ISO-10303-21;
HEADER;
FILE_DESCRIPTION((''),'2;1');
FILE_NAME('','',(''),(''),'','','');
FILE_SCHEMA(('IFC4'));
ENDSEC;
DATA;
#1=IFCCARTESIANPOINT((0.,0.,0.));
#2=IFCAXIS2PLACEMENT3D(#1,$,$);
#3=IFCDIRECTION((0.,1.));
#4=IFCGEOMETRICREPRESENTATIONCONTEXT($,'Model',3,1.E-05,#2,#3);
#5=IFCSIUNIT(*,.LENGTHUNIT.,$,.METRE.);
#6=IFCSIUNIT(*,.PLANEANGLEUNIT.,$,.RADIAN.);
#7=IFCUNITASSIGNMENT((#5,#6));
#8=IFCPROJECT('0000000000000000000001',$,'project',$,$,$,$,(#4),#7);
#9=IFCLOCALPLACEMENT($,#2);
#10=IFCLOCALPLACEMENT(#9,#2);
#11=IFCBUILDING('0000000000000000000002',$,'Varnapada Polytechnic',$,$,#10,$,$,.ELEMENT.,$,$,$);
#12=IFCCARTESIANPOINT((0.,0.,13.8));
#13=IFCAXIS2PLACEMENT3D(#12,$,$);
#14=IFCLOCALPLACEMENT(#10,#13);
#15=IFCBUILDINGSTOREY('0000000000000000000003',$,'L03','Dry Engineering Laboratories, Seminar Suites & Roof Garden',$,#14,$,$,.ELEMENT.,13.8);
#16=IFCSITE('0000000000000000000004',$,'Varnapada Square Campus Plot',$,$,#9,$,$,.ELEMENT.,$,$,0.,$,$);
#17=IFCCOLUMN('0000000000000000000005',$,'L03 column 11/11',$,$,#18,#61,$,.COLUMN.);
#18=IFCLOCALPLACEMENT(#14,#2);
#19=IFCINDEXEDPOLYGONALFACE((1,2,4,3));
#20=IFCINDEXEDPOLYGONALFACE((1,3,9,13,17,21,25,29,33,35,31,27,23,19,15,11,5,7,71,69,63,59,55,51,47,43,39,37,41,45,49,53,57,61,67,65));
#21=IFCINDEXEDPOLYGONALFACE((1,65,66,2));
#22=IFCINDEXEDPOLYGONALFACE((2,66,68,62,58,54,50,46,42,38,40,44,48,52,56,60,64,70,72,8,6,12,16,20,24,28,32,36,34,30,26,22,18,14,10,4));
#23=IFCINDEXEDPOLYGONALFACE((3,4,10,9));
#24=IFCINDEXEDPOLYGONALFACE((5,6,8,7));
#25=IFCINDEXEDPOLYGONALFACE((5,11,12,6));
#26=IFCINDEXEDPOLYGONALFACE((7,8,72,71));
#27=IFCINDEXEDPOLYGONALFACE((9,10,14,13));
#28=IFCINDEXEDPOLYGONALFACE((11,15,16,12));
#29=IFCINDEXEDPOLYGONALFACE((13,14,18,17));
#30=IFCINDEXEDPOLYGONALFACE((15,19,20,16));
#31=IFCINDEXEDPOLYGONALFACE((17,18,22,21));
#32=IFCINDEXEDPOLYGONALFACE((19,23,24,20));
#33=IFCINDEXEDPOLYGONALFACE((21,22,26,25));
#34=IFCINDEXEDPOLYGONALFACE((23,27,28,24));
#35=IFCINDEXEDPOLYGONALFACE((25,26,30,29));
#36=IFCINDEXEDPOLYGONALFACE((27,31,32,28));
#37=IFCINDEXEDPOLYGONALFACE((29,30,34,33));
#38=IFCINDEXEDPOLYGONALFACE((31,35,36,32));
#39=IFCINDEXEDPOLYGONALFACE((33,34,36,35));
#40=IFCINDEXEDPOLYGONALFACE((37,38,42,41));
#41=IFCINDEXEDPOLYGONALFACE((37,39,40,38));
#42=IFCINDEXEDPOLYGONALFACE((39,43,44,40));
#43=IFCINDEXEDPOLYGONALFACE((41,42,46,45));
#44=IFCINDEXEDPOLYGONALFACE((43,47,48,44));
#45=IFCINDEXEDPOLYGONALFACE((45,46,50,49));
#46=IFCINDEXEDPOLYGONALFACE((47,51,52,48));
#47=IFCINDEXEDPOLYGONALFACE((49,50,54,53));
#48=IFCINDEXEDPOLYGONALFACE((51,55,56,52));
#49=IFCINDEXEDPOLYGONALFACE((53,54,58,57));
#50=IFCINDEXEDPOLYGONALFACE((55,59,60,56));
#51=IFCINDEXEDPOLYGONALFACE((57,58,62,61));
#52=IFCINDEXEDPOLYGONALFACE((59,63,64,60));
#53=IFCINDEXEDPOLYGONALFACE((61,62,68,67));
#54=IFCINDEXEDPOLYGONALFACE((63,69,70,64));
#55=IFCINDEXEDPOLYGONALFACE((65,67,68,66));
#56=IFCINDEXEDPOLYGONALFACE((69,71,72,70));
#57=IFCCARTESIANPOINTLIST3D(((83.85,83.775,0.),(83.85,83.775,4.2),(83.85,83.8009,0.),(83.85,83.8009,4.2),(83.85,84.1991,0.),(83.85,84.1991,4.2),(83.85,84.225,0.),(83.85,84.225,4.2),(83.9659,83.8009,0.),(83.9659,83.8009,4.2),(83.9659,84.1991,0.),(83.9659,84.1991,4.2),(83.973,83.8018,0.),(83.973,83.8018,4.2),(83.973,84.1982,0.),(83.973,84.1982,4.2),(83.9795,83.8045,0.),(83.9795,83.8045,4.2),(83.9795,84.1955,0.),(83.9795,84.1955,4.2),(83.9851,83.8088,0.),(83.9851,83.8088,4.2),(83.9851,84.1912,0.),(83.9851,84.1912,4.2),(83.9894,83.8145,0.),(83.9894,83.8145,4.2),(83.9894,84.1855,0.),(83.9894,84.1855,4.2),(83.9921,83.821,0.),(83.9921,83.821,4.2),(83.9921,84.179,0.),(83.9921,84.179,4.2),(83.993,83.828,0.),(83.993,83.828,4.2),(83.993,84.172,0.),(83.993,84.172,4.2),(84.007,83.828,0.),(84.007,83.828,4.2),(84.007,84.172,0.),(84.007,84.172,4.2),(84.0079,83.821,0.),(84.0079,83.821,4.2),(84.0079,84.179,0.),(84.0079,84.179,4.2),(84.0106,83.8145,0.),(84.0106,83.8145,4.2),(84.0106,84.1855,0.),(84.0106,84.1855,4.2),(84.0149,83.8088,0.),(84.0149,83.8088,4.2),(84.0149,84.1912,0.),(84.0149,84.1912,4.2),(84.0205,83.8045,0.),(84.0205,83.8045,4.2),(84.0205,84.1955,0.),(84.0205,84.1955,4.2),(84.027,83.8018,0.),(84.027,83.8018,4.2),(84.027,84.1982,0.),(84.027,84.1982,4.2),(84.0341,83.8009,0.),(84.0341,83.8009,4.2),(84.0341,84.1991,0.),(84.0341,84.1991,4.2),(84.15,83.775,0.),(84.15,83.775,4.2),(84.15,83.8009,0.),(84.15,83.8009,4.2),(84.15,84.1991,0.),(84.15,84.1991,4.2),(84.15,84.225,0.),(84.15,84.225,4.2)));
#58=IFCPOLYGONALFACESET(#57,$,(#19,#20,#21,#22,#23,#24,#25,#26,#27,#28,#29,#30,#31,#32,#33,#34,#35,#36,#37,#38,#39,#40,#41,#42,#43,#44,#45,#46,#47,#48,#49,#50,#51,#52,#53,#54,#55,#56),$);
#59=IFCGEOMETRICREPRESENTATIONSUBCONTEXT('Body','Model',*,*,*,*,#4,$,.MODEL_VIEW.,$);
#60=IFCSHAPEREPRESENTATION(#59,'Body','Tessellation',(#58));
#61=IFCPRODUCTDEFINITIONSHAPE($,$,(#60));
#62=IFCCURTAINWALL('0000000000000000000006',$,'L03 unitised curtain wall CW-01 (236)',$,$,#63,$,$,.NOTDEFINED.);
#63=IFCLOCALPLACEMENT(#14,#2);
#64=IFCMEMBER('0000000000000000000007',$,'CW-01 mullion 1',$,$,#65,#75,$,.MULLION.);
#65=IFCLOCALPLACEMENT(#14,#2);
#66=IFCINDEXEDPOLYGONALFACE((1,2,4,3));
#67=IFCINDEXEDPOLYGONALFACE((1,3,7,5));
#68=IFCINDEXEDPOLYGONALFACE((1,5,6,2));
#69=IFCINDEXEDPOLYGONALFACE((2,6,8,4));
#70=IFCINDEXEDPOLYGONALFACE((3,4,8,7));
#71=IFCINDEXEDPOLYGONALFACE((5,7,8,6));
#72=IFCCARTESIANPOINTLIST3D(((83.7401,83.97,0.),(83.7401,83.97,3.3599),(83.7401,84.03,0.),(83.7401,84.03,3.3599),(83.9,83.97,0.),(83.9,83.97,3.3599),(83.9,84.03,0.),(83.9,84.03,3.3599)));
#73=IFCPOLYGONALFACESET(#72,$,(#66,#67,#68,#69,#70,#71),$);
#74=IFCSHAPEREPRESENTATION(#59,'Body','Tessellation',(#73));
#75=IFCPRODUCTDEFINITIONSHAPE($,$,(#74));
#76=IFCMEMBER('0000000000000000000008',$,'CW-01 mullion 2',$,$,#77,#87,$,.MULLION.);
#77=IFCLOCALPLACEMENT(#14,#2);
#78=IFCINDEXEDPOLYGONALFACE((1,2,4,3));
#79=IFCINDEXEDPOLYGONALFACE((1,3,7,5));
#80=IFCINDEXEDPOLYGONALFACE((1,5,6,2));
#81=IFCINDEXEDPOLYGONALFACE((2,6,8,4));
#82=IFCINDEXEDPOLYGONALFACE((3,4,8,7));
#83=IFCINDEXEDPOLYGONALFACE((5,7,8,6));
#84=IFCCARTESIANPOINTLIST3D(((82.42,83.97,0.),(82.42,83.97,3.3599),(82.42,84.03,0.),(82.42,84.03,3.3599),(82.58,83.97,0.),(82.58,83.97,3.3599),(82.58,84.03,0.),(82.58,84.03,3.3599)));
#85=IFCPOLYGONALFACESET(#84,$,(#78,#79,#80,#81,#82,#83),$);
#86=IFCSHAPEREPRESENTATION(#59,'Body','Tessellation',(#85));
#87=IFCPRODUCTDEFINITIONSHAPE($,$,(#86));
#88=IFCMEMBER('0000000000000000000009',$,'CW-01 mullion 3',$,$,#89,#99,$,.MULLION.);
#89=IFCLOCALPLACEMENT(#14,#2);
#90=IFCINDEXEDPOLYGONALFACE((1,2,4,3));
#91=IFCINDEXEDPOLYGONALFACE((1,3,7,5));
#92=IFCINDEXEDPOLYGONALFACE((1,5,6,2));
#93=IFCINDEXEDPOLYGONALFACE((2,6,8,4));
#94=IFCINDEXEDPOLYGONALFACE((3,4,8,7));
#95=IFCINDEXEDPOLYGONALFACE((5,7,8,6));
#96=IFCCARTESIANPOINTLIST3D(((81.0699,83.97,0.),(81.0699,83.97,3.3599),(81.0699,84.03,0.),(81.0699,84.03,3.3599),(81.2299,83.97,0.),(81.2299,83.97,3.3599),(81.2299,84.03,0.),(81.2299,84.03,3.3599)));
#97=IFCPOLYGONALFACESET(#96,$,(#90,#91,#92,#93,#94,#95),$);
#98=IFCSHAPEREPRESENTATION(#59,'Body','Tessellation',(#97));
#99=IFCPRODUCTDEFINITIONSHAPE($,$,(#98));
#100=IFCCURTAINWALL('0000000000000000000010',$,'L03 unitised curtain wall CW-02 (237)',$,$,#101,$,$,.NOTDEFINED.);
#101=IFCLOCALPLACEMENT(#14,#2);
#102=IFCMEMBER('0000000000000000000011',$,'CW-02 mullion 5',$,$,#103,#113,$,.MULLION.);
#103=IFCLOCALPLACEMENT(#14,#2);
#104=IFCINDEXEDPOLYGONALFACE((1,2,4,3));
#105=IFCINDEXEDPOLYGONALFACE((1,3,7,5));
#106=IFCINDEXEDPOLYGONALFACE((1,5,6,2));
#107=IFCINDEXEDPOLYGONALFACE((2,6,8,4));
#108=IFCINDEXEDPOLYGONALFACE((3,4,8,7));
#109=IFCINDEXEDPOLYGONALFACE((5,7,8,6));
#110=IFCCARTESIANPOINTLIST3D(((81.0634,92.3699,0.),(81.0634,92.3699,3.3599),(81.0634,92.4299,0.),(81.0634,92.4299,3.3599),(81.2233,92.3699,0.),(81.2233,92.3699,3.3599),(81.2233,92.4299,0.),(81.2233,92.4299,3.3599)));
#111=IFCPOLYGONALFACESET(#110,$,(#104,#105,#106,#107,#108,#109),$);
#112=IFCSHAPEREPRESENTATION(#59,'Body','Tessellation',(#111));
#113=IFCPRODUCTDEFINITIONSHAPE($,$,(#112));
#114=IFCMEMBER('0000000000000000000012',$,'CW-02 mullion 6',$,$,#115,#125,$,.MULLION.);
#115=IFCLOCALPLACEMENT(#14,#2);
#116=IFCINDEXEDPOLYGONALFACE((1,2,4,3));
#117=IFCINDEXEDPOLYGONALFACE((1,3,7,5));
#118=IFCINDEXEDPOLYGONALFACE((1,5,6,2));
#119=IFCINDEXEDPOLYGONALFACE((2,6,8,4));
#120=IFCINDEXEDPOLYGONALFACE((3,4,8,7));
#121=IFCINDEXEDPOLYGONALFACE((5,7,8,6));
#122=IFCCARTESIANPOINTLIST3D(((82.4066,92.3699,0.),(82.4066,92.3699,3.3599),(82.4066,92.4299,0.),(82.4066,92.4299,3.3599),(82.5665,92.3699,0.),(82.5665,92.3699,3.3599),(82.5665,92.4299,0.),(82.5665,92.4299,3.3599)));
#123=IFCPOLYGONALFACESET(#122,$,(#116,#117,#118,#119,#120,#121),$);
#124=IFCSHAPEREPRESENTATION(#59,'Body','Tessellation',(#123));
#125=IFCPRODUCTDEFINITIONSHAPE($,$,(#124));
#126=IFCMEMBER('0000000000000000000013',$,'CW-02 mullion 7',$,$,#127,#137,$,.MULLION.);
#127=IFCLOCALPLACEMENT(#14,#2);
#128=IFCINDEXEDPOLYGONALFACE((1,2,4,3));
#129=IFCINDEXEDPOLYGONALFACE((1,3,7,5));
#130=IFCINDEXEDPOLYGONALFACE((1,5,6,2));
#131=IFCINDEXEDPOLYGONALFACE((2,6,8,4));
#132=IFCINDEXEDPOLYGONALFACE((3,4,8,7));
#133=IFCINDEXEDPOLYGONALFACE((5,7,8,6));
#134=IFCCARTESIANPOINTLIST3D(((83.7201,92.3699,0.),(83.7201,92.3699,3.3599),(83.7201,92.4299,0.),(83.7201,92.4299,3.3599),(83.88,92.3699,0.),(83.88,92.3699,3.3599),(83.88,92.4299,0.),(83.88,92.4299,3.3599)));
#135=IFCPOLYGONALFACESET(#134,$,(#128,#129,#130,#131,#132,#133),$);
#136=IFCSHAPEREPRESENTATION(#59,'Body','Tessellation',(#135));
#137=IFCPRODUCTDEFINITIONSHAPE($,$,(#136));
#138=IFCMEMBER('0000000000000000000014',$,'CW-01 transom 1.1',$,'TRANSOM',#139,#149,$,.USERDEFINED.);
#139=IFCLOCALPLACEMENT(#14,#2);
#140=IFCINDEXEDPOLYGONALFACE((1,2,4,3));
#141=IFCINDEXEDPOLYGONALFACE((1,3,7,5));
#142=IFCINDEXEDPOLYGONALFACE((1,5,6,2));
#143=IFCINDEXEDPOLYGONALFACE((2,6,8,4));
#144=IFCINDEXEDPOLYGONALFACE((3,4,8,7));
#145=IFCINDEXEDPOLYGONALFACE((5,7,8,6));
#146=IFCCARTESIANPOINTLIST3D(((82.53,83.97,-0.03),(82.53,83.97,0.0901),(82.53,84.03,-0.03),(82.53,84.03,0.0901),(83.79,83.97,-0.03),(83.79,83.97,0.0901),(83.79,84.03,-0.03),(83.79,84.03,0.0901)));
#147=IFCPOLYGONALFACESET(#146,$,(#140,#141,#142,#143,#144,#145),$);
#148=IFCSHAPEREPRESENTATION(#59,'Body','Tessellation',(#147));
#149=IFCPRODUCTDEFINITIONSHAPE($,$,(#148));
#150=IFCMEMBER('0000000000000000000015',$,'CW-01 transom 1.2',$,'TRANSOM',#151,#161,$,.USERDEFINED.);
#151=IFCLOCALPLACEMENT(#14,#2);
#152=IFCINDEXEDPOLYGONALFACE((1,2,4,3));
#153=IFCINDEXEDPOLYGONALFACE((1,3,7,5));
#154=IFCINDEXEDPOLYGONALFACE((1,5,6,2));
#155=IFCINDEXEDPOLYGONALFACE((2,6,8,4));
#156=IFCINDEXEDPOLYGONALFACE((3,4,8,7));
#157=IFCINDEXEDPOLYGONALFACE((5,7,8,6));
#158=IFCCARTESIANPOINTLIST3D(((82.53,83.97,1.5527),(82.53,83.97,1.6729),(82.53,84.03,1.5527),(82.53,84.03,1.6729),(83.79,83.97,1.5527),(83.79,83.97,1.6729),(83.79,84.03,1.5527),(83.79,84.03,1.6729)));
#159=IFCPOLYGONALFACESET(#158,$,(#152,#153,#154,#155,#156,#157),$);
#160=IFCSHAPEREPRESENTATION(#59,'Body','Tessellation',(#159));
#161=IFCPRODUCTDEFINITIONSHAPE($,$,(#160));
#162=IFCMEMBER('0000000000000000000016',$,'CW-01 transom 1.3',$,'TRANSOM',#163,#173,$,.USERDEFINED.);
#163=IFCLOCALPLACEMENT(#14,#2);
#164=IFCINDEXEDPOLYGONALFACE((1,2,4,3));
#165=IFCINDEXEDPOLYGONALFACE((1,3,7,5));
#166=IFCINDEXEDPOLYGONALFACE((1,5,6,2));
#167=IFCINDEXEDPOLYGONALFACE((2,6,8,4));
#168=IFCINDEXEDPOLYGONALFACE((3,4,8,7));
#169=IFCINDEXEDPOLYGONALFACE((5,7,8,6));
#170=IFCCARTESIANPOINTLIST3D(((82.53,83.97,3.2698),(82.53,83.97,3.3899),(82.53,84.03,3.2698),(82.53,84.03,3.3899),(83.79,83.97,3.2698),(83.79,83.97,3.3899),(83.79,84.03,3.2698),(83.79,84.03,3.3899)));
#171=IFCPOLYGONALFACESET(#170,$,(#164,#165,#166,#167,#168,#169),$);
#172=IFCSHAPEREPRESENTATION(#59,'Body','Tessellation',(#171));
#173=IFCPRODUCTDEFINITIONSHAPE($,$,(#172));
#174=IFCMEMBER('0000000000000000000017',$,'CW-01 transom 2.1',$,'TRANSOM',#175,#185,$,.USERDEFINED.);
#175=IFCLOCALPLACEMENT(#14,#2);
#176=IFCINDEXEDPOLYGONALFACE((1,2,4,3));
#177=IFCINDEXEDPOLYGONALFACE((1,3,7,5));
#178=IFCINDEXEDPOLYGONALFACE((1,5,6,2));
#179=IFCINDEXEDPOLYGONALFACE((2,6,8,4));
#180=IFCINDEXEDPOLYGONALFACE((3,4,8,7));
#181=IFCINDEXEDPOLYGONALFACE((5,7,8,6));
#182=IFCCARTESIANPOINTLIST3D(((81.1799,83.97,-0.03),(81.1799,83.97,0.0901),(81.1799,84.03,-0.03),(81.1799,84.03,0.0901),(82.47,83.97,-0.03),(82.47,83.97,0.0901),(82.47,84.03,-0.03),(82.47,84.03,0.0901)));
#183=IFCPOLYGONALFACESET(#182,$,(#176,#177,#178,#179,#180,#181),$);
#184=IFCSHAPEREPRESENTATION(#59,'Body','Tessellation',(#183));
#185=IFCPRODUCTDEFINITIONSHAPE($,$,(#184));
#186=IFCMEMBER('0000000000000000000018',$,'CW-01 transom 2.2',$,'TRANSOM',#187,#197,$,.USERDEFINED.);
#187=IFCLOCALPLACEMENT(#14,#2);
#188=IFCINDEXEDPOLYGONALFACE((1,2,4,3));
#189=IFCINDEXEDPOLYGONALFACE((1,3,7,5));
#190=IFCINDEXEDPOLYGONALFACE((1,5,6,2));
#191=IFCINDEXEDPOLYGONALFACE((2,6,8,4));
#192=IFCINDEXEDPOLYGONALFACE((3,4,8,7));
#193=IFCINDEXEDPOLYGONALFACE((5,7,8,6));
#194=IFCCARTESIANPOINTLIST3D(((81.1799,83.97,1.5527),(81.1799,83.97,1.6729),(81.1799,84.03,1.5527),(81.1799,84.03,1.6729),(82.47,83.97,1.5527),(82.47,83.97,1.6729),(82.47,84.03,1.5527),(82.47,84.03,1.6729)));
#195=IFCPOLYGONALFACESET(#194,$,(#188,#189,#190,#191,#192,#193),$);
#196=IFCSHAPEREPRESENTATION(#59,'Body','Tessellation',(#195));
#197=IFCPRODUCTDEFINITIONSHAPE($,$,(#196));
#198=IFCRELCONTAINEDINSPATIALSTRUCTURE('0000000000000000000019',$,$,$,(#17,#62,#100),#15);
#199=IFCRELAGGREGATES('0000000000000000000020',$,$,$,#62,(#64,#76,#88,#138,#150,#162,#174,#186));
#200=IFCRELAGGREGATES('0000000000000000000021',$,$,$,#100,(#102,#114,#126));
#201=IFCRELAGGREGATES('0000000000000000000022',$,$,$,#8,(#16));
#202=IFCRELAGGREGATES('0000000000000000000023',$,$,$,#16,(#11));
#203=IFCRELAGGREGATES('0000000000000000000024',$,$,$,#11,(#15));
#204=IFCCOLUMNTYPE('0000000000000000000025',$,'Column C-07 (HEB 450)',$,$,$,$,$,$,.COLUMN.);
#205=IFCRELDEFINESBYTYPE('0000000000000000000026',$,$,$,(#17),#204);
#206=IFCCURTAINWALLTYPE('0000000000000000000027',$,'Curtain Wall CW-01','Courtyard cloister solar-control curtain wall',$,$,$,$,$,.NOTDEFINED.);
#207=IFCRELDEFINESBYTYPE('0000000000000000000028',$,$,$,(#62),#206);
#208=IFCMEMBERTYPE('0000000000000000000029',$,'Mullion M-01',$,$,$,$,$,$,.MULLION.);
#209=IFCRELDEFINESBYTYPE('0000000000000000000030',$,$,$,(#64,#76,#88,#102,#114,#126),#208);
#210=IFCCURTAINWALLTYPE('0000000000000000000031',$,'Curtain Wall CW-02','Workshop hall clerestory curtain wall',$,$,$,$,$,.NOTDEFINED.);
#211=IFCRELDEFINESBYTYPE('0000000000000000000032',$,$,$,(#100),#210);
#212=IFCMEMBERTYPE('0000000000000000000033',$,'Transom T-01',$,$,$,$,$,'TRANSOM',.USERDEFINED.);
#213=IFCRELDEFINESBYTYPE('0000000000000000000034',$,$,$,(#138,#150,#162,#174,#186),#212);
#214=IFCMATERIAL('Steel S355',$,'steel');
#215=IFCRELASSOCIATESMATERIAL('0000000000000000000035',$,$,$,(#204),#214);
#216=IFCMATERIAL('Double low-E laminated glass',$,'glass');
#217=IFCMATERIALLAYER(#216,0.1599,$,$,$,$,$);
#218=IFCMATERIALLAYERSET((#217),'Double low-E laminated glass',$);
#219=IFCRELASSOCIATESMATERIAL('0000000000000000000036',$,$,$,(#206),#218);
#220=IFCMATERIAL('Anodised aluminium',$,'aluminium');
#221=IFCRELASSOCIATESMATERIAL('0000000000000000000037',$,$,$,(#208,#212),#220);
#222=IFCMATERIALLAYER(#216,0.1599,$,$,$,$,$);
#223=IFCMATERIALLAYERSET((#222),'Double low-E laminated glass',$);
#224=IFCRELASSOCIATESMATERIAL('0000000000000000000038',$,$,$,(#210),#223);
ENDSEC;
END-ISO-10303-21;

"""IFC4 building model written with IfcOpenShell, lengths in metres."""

from ifc_helpers import new_model, si_unit, direction, frame, origin, origin_2d, place, context, subcontext, project, spatial, rectangle, i_section, extrude, material, layer, layer_set, material_profile, profile_set, type_object, element, aggregate, save


model = new_model("IFC4")

# Units and contexts
model_context = context("Model", 3, precision=1e-05, world=origin(), true_north=direction((0.0, 1.0)))
body_context = subcontext(model_context, "Body", "Model", "MODEL_VIEW")
ifc_project = project(units=[si_unit("LENGTHUNIT", "METRE"), si_unit("PLANEANGLEUNIT", "RADIAN")], contexts=[model_context])

# Site, building, storey
site_placement = place(None, origin())
site = spatial("IfcSite", under=ifc_project, at=site_placement, Name="Varnapada Square Campus Plot", CompositionType="ELEMENT", RefElevation=0.0)
building_placement = place(site_placement, origin())
building = spatial("IfcBuilding", under=site, at=building_placement, Name="Varnapada Polytechnic", CompositionType="ELEMENT")
storey_placement = place(building_placement, frame((0.0, 0.0, 13.8)))
storey = spatial("IfcBuildingStorey", under=building, at=storey_placement, Name="L03", Description="Dry Engineering Laboratories, Seminar Suites & Roof Garden", CompositionType="ELEMENT", Elevation=13.8)

# Column
ifc_material_1 = material(Name="Steel S355", Category="steel")
ifc_material_profile_1 = material_profile(ifc_material_1, i_section(OverallWidth=0.3, OverallDepth=0.45, WebThickness=0.0139, FlangeThickness=0.0259, FilletRadius=0.0271, at=origin_2d()), Name="HEB 450")
ifc_profile_set_1 = profile_set([ifc_material_profile_1], Name="Steel S355")
column_type = type_object("IfcColumnType", Name="Column C-07 (HEB 450)", PredefinedType="COLUMN", material=ifc_profile_set_1)
column_placement = place(storey_placement, frame((84.0, 84.0, 0.0), z_axis=(0.0, 0.0, 1.0), x_axis=(1.0, 0.0, 0.0)))
element("IfcColumn", 1, at=column_placement, inside=storey, type_object=column_type, Name="L03 column 11/11", PredefinedType="COLUMN", context=body_context, shape_type="SweptSolid", body=[
    extrude(i_section(OverallWidth=0.3, OverallDepth=0.45, WebThickness=0.0139, FlangeThickness=0.0259, FilletRadius=0.0271, at=origin_2d()), origin(), (0.0, 0.0, 1.0), 4.2),
])

# Curtain walls, members
ifc_material_2 = material(Name="Double low-E laminated glass", Category="glass")
ifc_layer_1 = layer(ifc_material_2, 0.1599)
ifc_layer_set_1 = layer_set([ifc_layer_1], Name="Double low-E laminated glass")
curtain_wall_type_1 = type_object("IfcCurtainWallType", Name="Curtain Wall CW-01", Description="Courtyard cloister solar-control curtain wall", PredefinedType="NOTDEFINED", material=ifc_layer_set_1)
curtain_wall_1_placement = place(storey_placement, origin())
curtain_wall_1 = element("IfcCurtainWall", 2, at=curtain_wall_1_placement, inside=storey, type_object=curtain_wall_type_1, Name="L03 unitised curtain wall CW-01 (236)", PredefinedType="NOTDEFINED")
ifc_material_3 = material(Name="Anodised aluminium", Category="aluminium")
ifc_material_profile_2 = material_profile(ifc_material_3, rectangle(XDim=0.0601, YDim=0.1599, at=origin_2d()), Name="ALU M60x160")
ifc_profile_set_2 = profile_set([ifc_material_profile_2], Name="Anodised aluminium")
member_type_1 = type_object("IfcMemberType", Name="Mullion M-01", PredefinedType="MULLION", material=ifc_profile_set_2)
member_1_placement = place(storey_placement, frame((83.8201, 84.0, 0.0), z_axis=(0.0, 0.0, 1.0), x_axis=(0.0, -1.0, 0.0)))
member_1 = element("IfcMember", 3, at=member_1_placement, type_object=member_type_1, Name="CW-01 mullion 1", PredefinedType="MULLION", context=body_context, shape_type="SweptSolid", body=[
    extrude(rectangle(XDim=0.0601, YDim=0.1599, at=origin_2d()), origin(), (0.0, 0.0, 1.0), 3.3599),
])
member_2_placement = place(storey_placement, frame((82.5, 84.0, 0.0), z_axis=(0.0, 0.0, 1.0), x_axis=(0.0, -1.0, 0.0)))
member_2 = element("IfcMember", 4, at=member_2_placement, type_object=member_type_1, Name="CW-01 mullion 2", PredefinedType="MULLION", context=body_context, shape_type="SweptSolid", body=[
    extrude(rectangle(XDim=0.0601, YDim=0.1599, at=origin_2d()), origin(), (0.0, 0.0, 1.0), 3.3599),
])
member_3_placement = place(storey_placement, frame((81.1499, 84.0, 0.0), z_axis=(0.0, 0.0, 1.0), x_axis=(0.0, -1.0, 0.0)))
member_3 = element("IfcMember", 5, at=member_3_placement, type_object=member_type_1, Name="CW-01 mullion 3", PredefinedType="MULLION", context=body_context, shape_type="SweptSolid", body=[
    extrude(rectangle(XDim=0.0601, YDim=0.1599, at=origin_2d()), origin(), (0.0, 0.0, 1.0), 3.3599),
])
ifc_layer_2 = layer(ifc_material_2, 0.1599)
ifc_layer_set_2 = layer_set([ifc_layer_2], Name="Double low-E laminated glass")
curtain_wall_type_2 = type_object("IfcCurtainWallType", Name="Curtain Wall CW-02", Description="Workshop hall clerestory curtain wall", PredefinedType="NOTDEFINED", material=ifc_layer_set_2)
curtain_wall_2_placement = place(storey_placement, origin())
curtain_wall_2 = element("IfcCurtainWall", 6, at=curtain_wall_2_placement, inside=storey, type_object=curtain_wall_type_2, Name="L03 unitised curtain wall CW-02 (237)", PredefinedType="NOTDEFINED")
member_4_placement = place(storey_placement, frame((81.1433, 92.3999, 0.0), z_axis=(0.0, 0.0, 1.0), x_axis=(0.0, 1.0, 0.0)))
member_4 = element("IfcMember", 7, at=member_4_placement, type_object=member_type_1, Name="CW-02 mullion 5", PredefinedType="MULLION", context=body_context, shape_type="SweptSolid", body=[
    extrude(rectangle(XDim=0.0601, YDim=0.1599, at=origin_2d()), origin(), (0.0, 0.0, 1.0), 3.3599),
])
member_5_placement = place(storey_placement, frame((82.4866, 92.3999, 0.0), z_axis=(0.0, 0.0, 1.0), x_axis=(0.0, 1.0, 0.0)))
member_5 = element("IfcMember", 8, at=member_5_placement, type_object=member_type_1, Name="CW-02 mullion 6", PredefinedType="MULLION", context=body_context, shape_type="SweptSolid", body=[
    extrude(rectangle(XDim=0.0601, YDim=0.1599, at=origin_2d()), origin(), (0.0, 0.0, 1.0), 3.3599),
])
member_6_placement = place(storey_placement, frame((83.8, 92.3999, 0.0), z_axis=(0.0, 0.0, 1.0), x_axis=(0.0, 1.0, 0.0)))
member_6 = element("IfcMember", 9, at=member_6_placement, type_object=member_type_1, Name="CW-02 mullion 7", PredefinedType="MULLION", context=body_context, shape_type="SweptSolid", body=[
    extrude(rectangle(XDim=0.0601, YDim=0.1599, at=origin_2d()), origin(), (0.0, 0.0, 1.0), 3.3599),
])

# Members
ifc_material_profile_3 = material_profile(ifc_material_3, rectangle(XDim=0.0601, YDim=0.1201, at=origin_2d()), Name="ALU T60x120")
ifc_profile_set_3 = profile_set([ifc_material_profile_3], Name="Anodised aluminium")
member_type_2 = type_object("IfcMemberType", Name="Transom T-01", ElementType="TRANSOM", PredefinedType="USERDEFINED", material=ifc_profile_set_3)
member_7_placement = place(storey_placement, frame((83.79, 84.0, 0.03), z_axis=(-1.0, 0.0, 0.0), x_axis=(0.0, -1.0, 0.0)))
member_7 = element("IfcMember", 10, at=member_7_placement, type_object=member_type_2, Name="CW-01 transom 1.1", ObjectType="TRANSOM", PredefinedType="USERDEFINED", context=body_context, shape_type="SweptSolid", body=[
    extrude(rectangle(XDim=0.0601, YDim=0.1201, at=origin_2d()), origin(), (0.0, 0.0, 1.0), 1.26),
])
member_8_placement = place(storey_placement, frame((83.79, 84.0, 1.6128), z_axis=(-1.0, 0.0, 0.0), x_axis=(0.0, -1.0, 0.0)))
member_8 = element("IfcMember", 11, at=member_8_placement, type_object=member_type_2, Name="CW-01 transom 1.2", ObjectType="TRANSOM", PredefinedType="USERDEFINED", context=body_context, shape_type="SweptSolid", body=[
    extrude(rectangle(XDim=0.0601, YDim=0.1201, at=origin_2d()), origin(), (0.0, 0.0, 1.0), 1.26),
])
member_9_placement = place(storey_placement, frame((83.79, 84.0, 3.3298), z_axis=(-1.0, 0.0, 0.0), x_axis=(0.0, -1.0, 0.0)))
member_9 = element("IfcMember", 12, at=member_9_placement, type_object=member_type_2, Name="CW-01 transom 1.3", ObjectType="TRANSOM", PredefinedType="USERDEFINED", context=body_context, shape_type="SweptSolid", body=[
    extrude(rectangle(XDim=0.0601, YDim=0.1201, at=origin_2d()), origin(), (0.0, 0.0, 1.0), 1.26),
])
member_10_placement = place(storey_placement, frame((82.47, 84.0, 0.03), z_axis=(-1.0, 0.0, 0.0), x_axis=(0.0, -1.0, 0.0)))
member_10 = element("IfcMember", 13, at=member_10_placement, type_object=member_type_2, Name="CW-01 transom 2.1", ObjectType="TRANSOM", PredefinedType="USERDEFINED", context=body_context, shape_type="SweptSolid", body=[
    extrude(rectangle(XDim=0.0601, YDim=0.1201, at=origin_2d()), origin(), (0.0, 0.0, 1.0), 1.29),
])
member_11_placement = place(storey_placement, frame((82.47, 84.0, 1.6128), z_axis=(-1.0, 0.0, 0.0), x_axis=(0.0, -1.0, 0.0)))
member_11 = element("IfcMember", 14, at=member_11_placement, type_object=member_type_2, Name="CW-01 transom 2.2", ObjectType="TRANSOM", PredefinedType="USERDEFINED", context=body_context, shape_type="SweptSolid", body=[
    extrude(rectangle(XDim=0.0601, YDim=0.1201, at=origin_2d()), origin(), (0.0, 0.0, 1.0), 1.29),
])

aggregate(curtain_wall_1, [member_1, member_2, member_3, member_7, member_8, member_9, member_10, member_11])
aggregate(curtain_wall_2, [member_4, member_5, member_6])

save(model, "model.ifc")
